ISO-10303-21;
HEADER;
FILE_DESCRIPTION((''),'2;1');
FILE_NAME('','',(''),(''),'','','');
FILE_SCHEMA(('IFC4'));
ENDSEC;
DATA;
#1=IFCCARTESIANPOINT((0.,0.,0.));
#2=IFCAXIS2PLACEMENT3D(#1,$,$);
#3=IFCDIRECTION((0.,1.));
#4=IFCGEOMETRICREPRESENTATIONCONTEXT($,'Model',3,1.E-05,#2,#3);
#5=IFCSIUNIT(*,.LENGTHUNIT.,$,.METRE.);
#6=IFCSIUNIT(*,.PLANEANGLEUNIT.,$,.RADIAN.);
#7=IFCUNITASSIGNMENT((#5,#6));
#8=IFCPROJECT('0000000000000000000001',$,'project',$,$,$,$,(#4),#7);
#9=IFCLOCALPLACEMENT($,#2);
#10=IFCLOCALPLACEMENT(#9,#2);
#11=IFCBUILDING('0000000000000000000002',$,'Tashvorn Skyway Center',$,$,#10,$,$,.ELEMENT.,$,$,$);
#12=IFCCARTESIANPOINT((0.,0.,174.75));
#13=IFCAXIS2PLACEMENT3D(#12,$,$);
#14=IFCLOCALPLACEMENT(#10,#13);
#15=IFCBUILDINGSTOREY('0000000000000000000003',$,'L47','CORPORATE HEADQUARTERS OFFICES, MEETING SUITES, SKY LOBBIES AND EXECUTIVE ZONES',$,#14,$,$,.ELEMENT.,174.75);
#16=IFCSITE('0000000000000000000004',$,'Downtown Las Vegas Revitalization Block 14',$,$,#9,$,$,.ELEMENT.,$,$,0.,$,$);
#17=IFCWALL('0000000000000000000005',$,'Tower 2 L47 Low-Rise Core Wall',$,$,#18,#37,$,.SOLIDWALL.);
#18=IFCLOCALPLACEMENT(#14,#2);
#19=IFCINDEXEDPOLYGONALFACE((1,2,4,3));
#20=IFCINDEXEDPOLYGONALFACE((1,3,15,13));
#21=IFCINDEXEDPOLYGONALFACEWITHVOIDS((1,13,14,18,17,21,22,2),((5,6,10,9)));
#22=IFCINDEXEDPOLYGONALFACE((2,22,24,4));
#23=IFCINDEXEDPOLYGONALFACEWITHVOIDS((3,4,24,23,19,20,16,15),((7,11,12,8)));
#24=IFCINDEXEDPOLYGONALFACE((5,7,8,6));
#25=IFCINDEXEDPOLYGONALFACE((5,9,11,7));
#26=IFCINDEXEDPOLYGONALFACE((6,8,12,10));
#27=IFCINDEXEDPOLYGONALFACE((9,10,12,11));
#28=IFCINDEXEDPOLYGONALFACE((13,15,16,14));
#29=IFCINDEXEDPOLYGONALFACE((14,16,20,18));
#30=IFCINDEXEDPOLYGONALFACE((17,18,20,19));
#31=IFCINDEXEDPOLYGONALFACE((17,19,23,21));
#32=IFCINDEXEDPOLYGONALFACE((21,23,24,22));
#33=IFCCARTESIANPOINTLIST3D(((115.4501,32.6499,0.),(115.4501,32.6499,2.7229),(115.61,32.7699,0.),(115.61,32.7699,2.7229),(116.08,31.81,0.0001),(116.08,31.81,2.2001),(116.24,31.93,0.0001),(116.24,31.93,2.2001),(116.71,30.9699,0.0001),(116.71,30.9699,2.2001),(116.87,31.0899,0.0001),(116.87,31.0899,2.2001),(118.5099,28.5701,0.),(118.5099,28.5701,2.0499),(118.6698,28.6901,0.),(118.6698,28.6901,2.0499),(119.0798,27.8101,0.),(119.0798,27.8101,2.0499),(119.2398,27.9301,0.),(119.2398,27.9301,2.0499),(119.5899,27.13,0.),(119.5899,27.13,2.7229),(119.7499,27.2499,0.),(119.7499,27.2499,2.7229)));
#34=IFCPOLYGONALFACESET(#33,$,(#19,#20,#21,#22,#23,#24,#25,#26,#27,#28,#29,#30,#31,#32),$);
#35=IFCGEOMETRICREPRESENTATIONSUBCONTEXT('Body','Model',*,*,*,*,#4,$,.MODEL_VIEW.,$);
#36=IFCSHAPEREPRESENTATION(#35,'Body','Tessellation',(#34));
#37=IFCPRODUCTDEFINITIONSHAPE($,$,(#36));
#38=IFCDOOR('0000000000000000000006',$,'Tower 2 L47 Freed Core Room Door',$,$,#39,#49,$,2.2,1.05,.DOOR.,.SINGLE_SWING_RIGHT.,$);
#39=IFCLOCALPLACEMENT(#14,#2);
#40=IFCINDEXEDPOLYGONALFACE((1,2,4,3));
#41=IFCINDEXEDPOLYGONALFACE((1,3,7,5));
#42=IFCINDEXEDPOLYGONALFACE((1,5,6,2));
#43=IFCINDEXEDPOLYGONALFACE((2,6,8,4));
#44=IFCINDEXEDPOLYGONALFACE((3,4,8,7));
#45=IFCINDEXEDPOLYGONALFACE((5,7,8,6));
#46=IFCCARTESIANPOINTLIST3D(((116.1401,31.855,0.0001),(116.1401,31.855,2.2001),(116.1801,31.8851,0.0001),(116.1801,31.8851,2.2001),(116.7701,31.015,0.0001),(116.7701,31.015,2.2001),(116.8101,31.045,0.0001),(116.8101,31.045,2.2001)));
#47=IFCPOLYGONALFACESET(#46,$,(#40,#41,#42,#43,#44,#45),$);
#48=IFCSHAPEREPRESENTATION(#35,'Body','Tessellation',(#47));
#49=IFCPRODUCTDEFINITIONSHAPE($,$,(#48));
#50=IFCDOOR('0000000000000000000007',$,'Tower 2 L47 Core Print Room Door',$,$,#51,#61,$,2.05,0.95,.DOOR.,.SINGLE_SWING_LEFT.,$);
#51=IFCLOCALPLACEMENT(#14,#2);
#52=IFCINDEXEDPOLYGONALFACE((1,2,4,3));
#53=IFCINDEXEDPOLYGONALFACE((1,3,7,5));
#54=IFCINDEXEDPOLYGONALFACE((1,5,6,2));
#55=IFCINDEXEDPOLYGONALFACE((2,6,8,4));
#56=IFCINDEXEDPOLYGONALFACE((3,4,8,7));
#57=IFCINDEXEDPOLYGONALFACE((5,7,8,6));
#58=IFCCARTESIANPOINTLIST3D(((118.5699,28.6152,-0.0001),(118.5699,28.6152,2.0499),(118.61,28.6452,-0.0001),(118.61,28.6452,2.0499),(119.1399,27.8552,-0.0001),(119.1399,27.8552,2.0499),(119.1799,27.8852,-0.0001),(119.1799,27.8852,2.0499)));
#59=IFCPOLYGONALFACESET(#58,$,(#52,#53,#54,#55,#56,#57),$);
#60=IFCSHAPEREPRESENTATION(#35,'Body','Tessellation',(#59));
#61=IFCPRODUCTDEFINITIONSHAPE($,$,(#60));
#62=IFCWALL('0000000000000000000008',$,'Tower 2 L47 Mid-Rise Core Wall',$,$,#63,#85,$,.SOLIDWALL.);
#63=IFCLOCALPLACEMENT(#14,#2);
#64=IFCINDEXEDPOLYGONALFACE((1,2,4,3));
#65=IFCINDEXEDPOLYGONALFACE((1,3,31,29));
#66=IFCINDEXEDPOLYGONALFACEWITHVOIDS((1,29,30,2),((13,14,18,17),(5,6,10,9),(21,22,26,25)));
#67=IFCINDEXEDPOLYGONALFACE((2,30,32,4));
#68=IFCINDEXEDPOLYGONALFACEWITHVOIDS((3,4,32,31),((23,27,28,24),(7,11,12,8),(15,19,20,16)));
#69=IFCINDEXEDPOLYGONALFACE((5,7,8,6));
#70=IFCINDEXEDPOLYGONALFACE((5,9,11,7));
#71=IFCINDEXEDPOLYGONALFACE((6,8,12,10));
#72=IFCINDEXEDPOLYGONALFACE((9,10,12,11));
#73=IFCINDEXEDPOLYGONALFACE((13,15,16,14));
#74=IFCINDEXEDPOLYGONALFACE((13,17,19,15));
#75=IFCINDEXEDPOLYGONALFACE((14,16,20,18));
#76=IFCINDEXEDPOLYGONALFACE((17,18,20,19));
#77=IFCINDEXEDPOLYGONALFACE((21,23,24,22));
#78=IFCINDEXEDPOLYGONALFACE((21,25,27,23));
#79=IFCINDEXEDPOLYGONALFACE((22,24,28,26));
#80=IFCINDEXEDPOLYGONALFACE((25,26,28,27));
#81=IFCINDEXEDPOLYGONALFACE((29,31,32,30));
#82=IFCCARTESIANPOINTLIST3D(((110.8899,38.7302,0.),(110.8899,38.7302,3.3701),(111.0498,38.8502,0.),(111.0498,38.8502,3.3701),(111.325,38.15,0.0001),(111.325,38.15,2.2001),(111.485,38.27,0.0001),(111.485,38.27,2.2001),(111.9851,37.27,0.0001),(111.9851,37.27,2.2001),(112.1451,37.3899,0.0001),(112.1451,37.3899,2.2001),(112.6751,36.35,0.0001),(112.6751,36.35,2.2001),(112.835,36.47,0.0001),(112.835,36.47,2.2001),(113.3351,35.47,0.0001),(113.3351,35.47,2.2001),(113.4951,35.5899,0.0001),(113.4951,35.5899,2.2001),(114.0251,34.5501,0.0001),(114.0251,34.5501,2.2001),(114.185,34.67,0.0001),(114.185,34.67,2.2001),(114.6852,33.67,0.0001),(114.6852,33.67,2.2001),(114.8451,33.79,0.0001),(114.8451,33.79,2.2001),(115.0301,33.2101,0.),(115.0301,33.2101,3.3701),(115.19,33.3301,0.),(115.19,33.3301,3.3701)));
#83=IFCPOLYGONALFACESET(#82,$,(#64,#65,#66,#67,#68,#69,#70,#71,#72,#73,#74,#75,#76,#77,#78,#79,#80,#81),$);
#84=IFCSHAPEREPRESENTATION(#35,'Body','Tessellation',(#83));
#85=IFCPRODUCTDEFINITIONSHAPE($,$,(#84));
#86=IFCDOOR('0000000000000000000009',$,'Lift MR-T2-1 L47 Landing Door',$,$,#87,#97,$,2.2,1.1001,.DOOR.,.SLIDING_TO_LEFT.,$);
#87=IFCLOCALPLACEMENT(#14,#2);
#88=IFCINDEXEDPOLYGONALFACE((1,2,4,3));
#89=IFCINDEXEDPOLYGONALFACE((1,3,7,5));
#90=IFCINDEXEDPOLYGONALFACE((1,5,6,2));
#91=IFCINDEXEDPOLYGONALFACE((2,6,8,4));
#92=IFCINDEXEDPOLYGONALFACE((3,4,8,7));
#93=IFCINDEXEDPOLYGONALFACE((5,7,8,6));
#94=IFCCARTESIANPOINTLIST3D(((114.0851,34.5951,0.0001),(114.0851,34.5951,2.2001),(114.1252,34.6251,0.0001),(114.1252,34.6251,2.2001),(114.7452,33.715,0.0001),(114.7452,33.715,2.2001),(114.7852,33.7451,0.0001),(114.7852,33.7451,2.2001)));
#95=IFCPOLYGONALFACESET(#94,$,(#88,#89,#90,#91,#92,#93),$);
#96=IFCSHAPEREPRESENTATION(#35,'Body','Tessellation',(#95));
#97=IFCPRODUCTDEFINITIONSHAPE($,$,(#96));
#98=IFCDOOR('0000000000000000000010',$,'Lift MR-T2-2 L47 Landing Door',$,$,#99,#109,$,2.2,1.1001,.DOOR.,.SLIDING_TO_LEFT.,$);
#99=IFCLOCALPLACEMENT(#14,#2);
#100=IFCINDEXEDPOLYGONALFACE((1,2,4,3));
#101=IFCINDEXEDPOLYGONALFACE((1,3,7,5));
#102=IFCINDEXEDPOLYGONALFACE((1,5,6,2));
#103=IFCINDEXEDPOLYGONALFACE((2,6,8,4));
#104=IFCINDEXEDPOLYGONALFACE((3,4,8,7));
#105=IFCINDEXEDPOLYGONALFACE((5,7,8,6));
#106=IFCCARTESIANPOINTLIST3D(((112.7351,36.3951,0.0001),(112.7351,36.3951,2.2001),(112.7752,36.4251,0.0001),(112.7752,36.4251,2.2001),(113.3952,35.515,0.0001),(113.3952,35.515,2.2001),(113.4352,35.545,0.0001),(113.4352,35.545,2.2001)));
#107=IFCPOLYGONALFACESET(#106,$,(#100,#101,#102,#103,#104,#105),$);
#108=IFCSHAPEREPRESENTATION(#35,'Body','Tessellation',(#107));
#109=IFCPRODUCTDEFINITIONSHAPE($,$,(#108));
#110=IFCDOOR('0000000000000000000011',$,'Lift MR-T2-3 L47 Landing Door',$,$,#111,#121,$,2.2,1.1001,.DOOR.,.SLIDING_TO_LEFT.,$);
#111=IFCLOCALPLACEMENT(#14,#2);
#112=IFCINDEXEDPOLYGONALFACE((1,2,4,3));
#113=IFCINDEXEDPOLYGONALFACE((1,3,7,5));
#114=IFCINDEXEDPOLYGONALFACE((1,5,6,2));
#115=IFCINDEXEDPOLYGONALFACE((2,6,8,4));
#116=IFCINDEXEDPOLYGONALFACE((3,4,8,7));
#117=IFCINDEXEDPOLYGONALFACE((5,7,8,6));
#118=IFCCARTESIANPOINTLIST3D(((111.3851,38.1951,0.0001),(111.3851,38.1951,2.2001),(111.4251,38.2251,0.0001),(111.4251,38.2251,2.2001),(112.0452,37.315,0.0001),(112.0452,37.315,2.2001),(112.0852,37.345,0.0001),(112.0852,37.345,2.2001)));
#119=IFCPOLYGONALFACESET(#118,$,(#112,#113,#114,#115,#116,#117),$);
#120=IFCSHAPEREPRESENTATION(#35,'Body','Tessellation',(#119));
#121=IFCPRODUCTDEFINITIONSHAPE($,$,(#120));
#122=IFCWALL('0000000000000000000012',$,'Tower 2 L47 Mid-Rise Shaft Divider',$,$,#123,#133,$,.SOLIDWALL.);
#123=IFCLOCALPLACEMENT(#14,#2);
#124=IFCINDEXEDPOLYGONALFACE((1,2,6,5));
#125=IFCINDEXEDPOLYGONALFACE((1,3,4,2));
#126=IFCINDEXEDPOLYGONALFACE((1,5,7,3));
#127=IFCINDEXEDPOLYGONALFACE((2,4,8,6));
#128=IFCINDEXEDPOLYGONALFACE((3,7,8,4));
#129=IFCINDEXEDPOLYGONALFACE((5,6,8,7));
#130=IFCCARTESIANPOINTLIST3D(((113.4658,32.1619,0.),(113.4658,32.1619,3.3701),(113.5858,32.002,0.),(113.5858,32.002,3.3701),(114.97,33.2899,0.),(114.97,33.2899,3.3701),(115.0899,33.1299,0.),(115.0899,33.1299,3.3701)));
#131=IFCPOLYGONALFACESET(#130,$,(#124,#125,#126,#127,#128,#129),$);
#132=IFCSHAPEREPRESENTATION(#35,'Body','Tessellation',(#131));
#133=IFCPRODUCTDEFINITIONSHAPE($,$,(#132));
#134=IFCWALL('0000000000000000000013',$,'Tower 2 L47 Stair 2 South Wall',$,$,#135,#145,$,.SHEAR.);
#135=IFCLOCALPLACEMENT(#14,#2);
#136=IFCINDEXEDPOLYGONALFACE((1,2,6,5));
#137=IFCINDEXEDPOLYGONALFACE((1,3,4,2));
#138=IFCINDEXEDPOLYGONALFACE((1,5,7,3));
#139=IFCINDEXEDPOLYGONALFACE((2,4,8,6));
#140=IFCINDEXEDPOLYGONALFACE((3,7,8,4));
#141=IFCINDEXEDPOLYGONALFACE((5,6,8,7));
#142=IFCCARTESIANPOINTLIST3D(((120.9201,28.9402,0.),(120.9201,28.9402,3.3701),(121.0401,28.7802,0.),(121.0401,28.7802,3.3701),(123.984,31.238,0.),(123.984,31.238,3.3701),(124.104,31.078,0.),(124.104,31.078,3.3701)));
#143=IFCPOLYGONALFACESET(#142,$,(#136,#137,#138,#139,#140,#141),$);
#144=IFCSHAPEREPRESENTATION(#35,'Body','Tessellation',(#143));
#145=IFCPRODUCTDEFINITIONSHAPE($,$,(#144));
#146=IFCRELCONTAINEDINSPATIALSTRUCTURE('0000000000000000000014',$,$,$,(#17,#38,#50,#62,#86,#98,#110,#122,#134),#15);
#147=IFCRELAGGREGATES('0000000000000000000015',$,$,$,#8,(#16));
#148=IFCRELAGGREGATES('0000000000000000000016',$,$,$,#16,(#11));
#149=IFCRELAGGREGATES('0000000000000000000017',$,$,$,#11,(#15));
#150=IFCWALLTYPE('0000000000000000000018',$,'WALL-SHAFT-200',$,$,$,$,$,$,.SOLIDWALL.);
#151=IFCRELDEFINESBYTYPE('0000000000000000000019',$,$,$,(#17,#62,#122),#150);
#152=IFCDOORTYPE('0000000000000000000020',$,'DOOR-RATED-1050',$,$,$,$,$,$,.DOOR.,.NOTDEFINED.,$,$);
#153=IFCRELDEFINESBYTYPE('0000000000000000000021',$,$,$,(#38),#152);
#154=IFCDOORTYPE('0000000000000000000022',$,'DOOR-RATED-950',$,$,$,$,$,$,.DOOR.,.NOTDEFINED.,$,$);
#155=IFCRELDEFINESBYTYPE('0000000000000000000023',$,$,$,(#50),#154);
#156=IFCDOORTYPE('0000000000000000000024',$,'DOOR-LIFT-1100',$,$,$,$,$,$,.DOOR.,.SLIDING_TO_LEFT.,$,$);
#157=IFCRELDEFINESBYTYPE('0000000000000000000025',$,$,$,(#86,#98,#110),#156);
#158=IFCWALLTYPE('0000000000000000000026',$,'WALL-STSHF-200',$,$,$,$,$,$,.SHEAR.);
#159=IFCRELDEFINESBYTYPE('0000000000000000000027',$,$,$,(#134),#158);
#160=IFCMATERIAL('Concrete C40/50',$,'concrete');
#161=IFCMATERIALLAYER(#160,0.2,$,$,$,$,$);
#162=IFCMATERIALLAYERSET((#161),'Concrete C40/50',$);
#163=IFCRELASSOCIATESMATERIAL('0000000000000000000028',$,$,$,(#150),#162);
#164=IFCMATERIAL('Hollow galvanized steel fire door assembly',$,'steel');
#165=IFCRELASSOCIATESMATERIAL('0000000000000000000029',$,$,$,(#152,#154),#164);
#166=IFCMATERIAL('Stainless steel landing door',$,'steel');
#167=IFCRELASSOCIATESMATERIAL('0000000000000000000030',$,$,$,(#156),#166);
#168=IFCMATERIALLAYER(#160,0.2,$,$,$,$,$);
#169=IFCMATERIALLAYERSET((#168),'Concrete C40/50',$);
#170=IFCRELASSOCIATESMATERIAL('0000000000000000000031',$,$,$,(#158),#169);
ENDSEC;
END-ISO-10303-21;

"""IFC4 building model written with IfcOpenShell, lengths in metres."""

from ifc_helpers import new_model, si_unit, direction, frame, frame_2d, origin, place, context, subcontext, project, spatial, rectangle, extrude, material, layer, layer_set, type_object, element, fill, save


model = new_model("IFC4")

# Units and contexts
model_context = context("Model", 3, precision=1e-05, world=origin(), true_north=direction((0.0, 1.0)))
body_context = subcontext(model_context, "Body", "Model", "MODEL_VIEW")
ifc_project = project(units=[si_unit("LENGTHUNIT", "METRE"), si_unit("PLANEANGLEUNIT", "RADIAN")], contexts=[model_context])

# Site, building, storey
site_placement = place(None, origin())
site = spatial("IfcSite", under=ifc_project, at=site_placement, Name="Downtown Las Vegas Revitalization Block 14", CompositionType="ELEMENT", RefElevation=0.0)
building_placement = place(site_placement, origin())
building = spatial("IfcBuilding", under=site, at=building_placement, Name="Tashvorn Skyway Center", CompositionType="ELEMENT")
storey_placement = place(building_placement, frame((0.0, 0.0, 174.75)))
storey = spatial("IfcBuildingStorey", under=building, at=storey_placement, Name="L47", Description="CORPORATE HEADQUARTERS OFFICES, MEETING SUITES, SKY LOBBIES AND EXECUTIVE ZONES", CompositionType="ELEMENT", Elevation=174.75)

# Shared definitions
ifc_material_1 = material(Name="Hollow galvanized steel fire door assembly", Category="steel")

# Walls, openings, doors
ifc_material_2 = material(Name="Concrete C40/50", Category="concrete")
ifc_layer_1 = layer(ifc_material_2, 0.2)
ifc_layer_set_1 = layer_set([ifc_layer_1], Name="Concrete C40/50")
wall_type_1 = type_object("IfcWallType", Name="WALL-SHAFT-200", PredefinedType="SOLIDWALL", material=ifc_layer_set_1)
wall_1_placement = place(storey_placement, frame((119.6699, 27.1899, 0.0), z_axis=(0.0, 0.0, 1.0), x_axis=(-0.599989, 0.800008, 0.0)))
wall_1 = element("IfcWall", 1, at=wall_1_placement, inside=storey, type_object=wall_type_1, Name="Tower 2 L47 Low-Rise Core Wall", PredefinedType="SOLIDWALL", context=body_context, shape_type="SweptSolid", body=[
    extrude(rectangle(XDim=6.8999, YDim=0.2, at=frame_2d((3.45, 0.0))), origin(), (0.0, 0.0, 1.0), 2.7229),
])
opening_1_placement = place(wall_1_placement, frame((0.8501, 0.0, 0.0)))
opening_1 = element("IfcOpeningElement", 2, at=opening_1_placement, cuts=wall_1, PredefinedType="OPENING", context=body_context, shape_type="SweptSolid", body=[
    extrude(rectangle(XDim=0.95, YDim=2.05, at=frame_2d((0.4751, 1.0249))), frame((0.0, 0.1099, 0.0), z_axis=(0.0, -1.0, 0.0), x_axis=(1.0, 0.0, 0.0)), (0.0, 0.0, 1.0), 0.22),
])
opening_2_placement = place(wall_1_placement, frame((4.8, 0.0, 0.0)))
opening_2 = element("IfcOpeningElement", 3, at=opening_2_placement, cuts=wall_1, PredefinedType="OPENING", context=body_context, shape_type="SweptSolid", body=[
    extrude(rectangle(XDim=1.05, YDim=2.2, at=frame_2d((0.5249, 1.1001))), frame((0.0, 0.1099, 0.0), z_axis=(0.0, -1.0, 0.0), x_axis=(1.0, 0.0, 0.0)), (0.0, 0.0, 1.0), 0.22),
])
door_type_1 = type_object("IfcDoorType", Name="DOOR-RATED-1050", OperationType="NOTDEFINED", PredefinedType="DOOR", material=ifc_material_1)
door_1_placement = place(opening_2_placement, origin())
door_1 = element("IfcDoor", 4, at=door_1_placement, inside=storey, type_object=door_type_1, Name="Tower 2 L47 Freed Core Room Door", OperationType="SINGLE_SWING_RIGHT", OverallHeight=2.2, OverallWidth=1.05, PredefinedType="DOOR", context=body_context, shape_type="SweptSolid", body=[
    extrude(rectangle(XDim=1.05, YDim=2.2, at=frame_2d((0.5249, 1.1001))), frame((0.0, 0.0249, 0.0), z_axis=(0.0, -1.0, 0.0), x_axis=(1.0, 0.0, 0.0)), (0.0, 0.0, 1.0), 0.05),
])
fill(opening_2, door_1)
door_type_2 = type_object("IfcDoorType", Name="DOOR-RATED-950", OperationType="NOTDEFINED", PredefinedType="DOOR", material=ifc_material_1)
door_2_placement = place(opening_1_placement, origin())
door_2 = element("IfcDoor", 5, at=door_2_placement, inside=storey, type_object=door_type_2, Name="Tower 2 L47 Core Print Room Door", OperationType="SINGLE_SWING_LEFT", OverallHeight=2.05, OverallWidth=0.95, PredefinedType="DOOR", context=body_context, shape_type="SweptSolid", body=[
    extrude(rectangle(XDim=0.95, YDim=2.05, at=frame_2d((0.4751, 1.0249))), frame((0.0, 0.0249, 0.0), z_axis=(0.0, -1.0, 0.0), x_axis=(1.0, 0.0, 0.0)), (0.0, 0.0, 1.0), 0.05),
])
fill(opening_1, door_2)
wall_2_placement = place(storey_placement, frame((115.1101, 33.27, 0.0), z_axis=(0.0, 0.0, 1.0), x_axis=(-0.600011, 0.799992, 0.0)))
wall_2 = element("IfcWall", 6, at=wall_2_placement, inside=storey, type_object=wall_type_1, Name="Tower 2 L47 Mid-Rise Core Wall", PredefinedType="SOLIDWALL", context=body_context, shape_type="SweptSolid", body=[
    extrude(rectangle(XDim=6.9001, YDim=0.2, at=frame_2d((3.4502, 0.0))), origin(), (0.0, 0.0, 1.0), 3.3701),
])
opening_3_placement = place(wall_2_placement, frame((0.575, 0.0, 0.0)))
opening_3 = element("IfcOpeningElement", 7, at=opening_3_placement, cuts=wall_2, PredefinedType="OPENING", context=body_context, shape_type="SweptSolid", body=[
    extrude(rectangle(XDim=1.1001, YDim=2.2, at=frame_2d((0.55, 1.1001))), frame((0.0, 0.1099, 0.0), z_axis=(0.0, -1.0, 0.0), x_axis=(1.0, 0.0, 0.0)), (0.0, 0.0, 1.0), 0.22),
])
opening_4_placement = place(wall_2_placement, frame((2.825, 0.0, 0.0)))
opening_4 = element("IfcOpeningElement", 8, at=opening_4_placement, cuts=wall_2, PredefinedType="OPENING", context=body_context, shape_type="SweptSolid", body=[
    extrude(rectangle(XDim=1.1001, YDim=2.2, at=frame_2d((0.55, 1.1001))), frame((0.0, 0.1099, 0.0), z_axis=(0.0, -1.0, 0.0), x_axis=(1.0, 0.0, 0.0)), (0.0, 0.0, 1.0), 0.22),
])
opening_5_placement = place(wall_2_placement, frame((5.075, 0.0, 0.0)))
opening_5 = element("IfcOpeningElement", 9, at=opening_5_placement, cuts=wall_2, PredefinedType="OPENING", context=body_context, shape_type="SweptSolid", body=[
    extrude(rectangle(XDim=1.1001, YDim=2.2, at=frame_2d((0.55, 1.1001))), frame((0.0, 0.1099, 0.0), z_axis=(0.0, -1.0, 0.0), x_axis=(1.0, 0.0, 0.0)), (0.0, 0.0, 1.0), 0.22),
])
ifc_material_3 = material(Name="Stainless steel landing door", Category="steel")
door_type_3 = type_object("IfcDoorType", Name="DOOR-LIFT-1100", OperationType="SLIDING_TO_LEFT", PredefinedType="DOOR", material=ifc_material_3)
door_3_placement = place(opening_3_placement, origin())
door_3 = element("IfcDoor", 10, at=door_3_placement, inside=storey, type_object=door_type_3, Name="Lift MR-T2-1 L47 Landing Door", OperationType="SLIDING_TO_LEFT", OverallHeight=2.2, OverallWidth=1.1001, PredefinedType="DOOR", context=body_context, shape_type="SweptSolid", body=[
    extrude(rectangle(XDim=1.1001, YDim=2.2, at=frame_2d((0.55, 1.1001))), frame((0.0, 0.0249, 0.0), z_axis=(0.0, -1.0, 0.0), x_axis=(1.0, 0.0, 0.0)), (0.0, 0.0, 1.0), 0.05),
])
fill(opening_3, door_3)
door_4_placement = place(opening_4_placement, origin())
door_4 = element("IfcDoor", 11, at=door_4_placement, inside=storey, type_object=door_type_3, Name="Lift MR-T2-2 L47 Landing Door", OperationType="SLIDING_TO_LEFT", OverallHeight=2.2, OverallWidth=1.1001, PredefinedType="DOOR", context=body_context, shape_type="SweptSolid", body=[
    extrude(rectangle(XDim=1.1001, YDim=2.2, at=frame_2d((0.55, 1.1001))), frame((0.0, 0.0249, 0.0), z_axis=(0.0, -1.0, 0.0), x_axis=(1.0, 0.0, 0.0)), (0.0, 0.0, 1.0), 0.05),
])
fill(opening_4, door_4)
door_5_placement = place(opening_5_placement, origin())
door_5 = element("IfcDoor", 12, at=door_5_placement, inside=storey, type_object=door_type_3, Name="Lift MR-T2-3 L47 Landing Door", OperationType="SLIDING_TO_LEFT", OverallHeight=2.2, OverallWidth=1.1001, PredefinedType="DOOR", context=body_context, shape_type="SweptSolid", body=[
    extrude(rectangle(XDim=1.1001, YDim=2.2, at=frame_2d((0.55, 1.1001))), frame((0.0, 0.0249, 0.0), z_axis=(0.0, -1.0, 0.0), x_axis=(1.0, 0.0, 0.0)), (0.0, 0.0, 1.0), 0.05),
])
fill(opening_5, door_5)

# Walls
wall_3_placement = place(storey_placement, frame((113.5259, 32.082, 0.0), z_axis=(0.0, 0.0, 1.0), x_axis=(0.800047, 0.599938, 0.0)))
element("IfcWall", 13, at=wall_3_placement, inside=storey, type_object=wall_type_1, Name="Tower 2 L47 Mid-Rise Shaft Divider", PredefinedType="SOLIDWALL", context=body_context, shape_type="SweptSolid", body=[
    extrude(rectangle(XDim=1.8801, YDim=0.2, at=frame_2d((0.9399, 0.0))), origin(), (0.0, 0.0, 1.0), 3.3701),
])
ifc_layer_2 = layer(ifc_material_2, 0.2)
ifc_layer_set_2 = layer_set([ifc_layer_2], Name="Concrete C40/50")
wall_type_2 = type_object("IfcWallType", Name="WALL-STSHF-200", PredefinedType="SHEAR", material=ifc_layer_set_2)
wall_4_placement = place(storey_placement, frame((120.98, 28.8601, 0.0), z_axis=(0.0, 0.0, 1.0), x_axis=(0.800015, 0.59998, 0.0)))
element("IfcWall", 14, at=wall_4_placement, inside=storey, type_object=wall_type_2, Name="Tower 2 L47 Stair 2 South Wall", PredefinedType="SHEAR", context=body_context, shape_type="SweptSolid", body=[
    extrude(rectangle(XDim=3.8298, YDim=0.2, at=frame_2d((1.915, 0.0))), origin(), (0.0, 0.0, 1.0), 3.3701),
])

save(model, "model.ifc")
